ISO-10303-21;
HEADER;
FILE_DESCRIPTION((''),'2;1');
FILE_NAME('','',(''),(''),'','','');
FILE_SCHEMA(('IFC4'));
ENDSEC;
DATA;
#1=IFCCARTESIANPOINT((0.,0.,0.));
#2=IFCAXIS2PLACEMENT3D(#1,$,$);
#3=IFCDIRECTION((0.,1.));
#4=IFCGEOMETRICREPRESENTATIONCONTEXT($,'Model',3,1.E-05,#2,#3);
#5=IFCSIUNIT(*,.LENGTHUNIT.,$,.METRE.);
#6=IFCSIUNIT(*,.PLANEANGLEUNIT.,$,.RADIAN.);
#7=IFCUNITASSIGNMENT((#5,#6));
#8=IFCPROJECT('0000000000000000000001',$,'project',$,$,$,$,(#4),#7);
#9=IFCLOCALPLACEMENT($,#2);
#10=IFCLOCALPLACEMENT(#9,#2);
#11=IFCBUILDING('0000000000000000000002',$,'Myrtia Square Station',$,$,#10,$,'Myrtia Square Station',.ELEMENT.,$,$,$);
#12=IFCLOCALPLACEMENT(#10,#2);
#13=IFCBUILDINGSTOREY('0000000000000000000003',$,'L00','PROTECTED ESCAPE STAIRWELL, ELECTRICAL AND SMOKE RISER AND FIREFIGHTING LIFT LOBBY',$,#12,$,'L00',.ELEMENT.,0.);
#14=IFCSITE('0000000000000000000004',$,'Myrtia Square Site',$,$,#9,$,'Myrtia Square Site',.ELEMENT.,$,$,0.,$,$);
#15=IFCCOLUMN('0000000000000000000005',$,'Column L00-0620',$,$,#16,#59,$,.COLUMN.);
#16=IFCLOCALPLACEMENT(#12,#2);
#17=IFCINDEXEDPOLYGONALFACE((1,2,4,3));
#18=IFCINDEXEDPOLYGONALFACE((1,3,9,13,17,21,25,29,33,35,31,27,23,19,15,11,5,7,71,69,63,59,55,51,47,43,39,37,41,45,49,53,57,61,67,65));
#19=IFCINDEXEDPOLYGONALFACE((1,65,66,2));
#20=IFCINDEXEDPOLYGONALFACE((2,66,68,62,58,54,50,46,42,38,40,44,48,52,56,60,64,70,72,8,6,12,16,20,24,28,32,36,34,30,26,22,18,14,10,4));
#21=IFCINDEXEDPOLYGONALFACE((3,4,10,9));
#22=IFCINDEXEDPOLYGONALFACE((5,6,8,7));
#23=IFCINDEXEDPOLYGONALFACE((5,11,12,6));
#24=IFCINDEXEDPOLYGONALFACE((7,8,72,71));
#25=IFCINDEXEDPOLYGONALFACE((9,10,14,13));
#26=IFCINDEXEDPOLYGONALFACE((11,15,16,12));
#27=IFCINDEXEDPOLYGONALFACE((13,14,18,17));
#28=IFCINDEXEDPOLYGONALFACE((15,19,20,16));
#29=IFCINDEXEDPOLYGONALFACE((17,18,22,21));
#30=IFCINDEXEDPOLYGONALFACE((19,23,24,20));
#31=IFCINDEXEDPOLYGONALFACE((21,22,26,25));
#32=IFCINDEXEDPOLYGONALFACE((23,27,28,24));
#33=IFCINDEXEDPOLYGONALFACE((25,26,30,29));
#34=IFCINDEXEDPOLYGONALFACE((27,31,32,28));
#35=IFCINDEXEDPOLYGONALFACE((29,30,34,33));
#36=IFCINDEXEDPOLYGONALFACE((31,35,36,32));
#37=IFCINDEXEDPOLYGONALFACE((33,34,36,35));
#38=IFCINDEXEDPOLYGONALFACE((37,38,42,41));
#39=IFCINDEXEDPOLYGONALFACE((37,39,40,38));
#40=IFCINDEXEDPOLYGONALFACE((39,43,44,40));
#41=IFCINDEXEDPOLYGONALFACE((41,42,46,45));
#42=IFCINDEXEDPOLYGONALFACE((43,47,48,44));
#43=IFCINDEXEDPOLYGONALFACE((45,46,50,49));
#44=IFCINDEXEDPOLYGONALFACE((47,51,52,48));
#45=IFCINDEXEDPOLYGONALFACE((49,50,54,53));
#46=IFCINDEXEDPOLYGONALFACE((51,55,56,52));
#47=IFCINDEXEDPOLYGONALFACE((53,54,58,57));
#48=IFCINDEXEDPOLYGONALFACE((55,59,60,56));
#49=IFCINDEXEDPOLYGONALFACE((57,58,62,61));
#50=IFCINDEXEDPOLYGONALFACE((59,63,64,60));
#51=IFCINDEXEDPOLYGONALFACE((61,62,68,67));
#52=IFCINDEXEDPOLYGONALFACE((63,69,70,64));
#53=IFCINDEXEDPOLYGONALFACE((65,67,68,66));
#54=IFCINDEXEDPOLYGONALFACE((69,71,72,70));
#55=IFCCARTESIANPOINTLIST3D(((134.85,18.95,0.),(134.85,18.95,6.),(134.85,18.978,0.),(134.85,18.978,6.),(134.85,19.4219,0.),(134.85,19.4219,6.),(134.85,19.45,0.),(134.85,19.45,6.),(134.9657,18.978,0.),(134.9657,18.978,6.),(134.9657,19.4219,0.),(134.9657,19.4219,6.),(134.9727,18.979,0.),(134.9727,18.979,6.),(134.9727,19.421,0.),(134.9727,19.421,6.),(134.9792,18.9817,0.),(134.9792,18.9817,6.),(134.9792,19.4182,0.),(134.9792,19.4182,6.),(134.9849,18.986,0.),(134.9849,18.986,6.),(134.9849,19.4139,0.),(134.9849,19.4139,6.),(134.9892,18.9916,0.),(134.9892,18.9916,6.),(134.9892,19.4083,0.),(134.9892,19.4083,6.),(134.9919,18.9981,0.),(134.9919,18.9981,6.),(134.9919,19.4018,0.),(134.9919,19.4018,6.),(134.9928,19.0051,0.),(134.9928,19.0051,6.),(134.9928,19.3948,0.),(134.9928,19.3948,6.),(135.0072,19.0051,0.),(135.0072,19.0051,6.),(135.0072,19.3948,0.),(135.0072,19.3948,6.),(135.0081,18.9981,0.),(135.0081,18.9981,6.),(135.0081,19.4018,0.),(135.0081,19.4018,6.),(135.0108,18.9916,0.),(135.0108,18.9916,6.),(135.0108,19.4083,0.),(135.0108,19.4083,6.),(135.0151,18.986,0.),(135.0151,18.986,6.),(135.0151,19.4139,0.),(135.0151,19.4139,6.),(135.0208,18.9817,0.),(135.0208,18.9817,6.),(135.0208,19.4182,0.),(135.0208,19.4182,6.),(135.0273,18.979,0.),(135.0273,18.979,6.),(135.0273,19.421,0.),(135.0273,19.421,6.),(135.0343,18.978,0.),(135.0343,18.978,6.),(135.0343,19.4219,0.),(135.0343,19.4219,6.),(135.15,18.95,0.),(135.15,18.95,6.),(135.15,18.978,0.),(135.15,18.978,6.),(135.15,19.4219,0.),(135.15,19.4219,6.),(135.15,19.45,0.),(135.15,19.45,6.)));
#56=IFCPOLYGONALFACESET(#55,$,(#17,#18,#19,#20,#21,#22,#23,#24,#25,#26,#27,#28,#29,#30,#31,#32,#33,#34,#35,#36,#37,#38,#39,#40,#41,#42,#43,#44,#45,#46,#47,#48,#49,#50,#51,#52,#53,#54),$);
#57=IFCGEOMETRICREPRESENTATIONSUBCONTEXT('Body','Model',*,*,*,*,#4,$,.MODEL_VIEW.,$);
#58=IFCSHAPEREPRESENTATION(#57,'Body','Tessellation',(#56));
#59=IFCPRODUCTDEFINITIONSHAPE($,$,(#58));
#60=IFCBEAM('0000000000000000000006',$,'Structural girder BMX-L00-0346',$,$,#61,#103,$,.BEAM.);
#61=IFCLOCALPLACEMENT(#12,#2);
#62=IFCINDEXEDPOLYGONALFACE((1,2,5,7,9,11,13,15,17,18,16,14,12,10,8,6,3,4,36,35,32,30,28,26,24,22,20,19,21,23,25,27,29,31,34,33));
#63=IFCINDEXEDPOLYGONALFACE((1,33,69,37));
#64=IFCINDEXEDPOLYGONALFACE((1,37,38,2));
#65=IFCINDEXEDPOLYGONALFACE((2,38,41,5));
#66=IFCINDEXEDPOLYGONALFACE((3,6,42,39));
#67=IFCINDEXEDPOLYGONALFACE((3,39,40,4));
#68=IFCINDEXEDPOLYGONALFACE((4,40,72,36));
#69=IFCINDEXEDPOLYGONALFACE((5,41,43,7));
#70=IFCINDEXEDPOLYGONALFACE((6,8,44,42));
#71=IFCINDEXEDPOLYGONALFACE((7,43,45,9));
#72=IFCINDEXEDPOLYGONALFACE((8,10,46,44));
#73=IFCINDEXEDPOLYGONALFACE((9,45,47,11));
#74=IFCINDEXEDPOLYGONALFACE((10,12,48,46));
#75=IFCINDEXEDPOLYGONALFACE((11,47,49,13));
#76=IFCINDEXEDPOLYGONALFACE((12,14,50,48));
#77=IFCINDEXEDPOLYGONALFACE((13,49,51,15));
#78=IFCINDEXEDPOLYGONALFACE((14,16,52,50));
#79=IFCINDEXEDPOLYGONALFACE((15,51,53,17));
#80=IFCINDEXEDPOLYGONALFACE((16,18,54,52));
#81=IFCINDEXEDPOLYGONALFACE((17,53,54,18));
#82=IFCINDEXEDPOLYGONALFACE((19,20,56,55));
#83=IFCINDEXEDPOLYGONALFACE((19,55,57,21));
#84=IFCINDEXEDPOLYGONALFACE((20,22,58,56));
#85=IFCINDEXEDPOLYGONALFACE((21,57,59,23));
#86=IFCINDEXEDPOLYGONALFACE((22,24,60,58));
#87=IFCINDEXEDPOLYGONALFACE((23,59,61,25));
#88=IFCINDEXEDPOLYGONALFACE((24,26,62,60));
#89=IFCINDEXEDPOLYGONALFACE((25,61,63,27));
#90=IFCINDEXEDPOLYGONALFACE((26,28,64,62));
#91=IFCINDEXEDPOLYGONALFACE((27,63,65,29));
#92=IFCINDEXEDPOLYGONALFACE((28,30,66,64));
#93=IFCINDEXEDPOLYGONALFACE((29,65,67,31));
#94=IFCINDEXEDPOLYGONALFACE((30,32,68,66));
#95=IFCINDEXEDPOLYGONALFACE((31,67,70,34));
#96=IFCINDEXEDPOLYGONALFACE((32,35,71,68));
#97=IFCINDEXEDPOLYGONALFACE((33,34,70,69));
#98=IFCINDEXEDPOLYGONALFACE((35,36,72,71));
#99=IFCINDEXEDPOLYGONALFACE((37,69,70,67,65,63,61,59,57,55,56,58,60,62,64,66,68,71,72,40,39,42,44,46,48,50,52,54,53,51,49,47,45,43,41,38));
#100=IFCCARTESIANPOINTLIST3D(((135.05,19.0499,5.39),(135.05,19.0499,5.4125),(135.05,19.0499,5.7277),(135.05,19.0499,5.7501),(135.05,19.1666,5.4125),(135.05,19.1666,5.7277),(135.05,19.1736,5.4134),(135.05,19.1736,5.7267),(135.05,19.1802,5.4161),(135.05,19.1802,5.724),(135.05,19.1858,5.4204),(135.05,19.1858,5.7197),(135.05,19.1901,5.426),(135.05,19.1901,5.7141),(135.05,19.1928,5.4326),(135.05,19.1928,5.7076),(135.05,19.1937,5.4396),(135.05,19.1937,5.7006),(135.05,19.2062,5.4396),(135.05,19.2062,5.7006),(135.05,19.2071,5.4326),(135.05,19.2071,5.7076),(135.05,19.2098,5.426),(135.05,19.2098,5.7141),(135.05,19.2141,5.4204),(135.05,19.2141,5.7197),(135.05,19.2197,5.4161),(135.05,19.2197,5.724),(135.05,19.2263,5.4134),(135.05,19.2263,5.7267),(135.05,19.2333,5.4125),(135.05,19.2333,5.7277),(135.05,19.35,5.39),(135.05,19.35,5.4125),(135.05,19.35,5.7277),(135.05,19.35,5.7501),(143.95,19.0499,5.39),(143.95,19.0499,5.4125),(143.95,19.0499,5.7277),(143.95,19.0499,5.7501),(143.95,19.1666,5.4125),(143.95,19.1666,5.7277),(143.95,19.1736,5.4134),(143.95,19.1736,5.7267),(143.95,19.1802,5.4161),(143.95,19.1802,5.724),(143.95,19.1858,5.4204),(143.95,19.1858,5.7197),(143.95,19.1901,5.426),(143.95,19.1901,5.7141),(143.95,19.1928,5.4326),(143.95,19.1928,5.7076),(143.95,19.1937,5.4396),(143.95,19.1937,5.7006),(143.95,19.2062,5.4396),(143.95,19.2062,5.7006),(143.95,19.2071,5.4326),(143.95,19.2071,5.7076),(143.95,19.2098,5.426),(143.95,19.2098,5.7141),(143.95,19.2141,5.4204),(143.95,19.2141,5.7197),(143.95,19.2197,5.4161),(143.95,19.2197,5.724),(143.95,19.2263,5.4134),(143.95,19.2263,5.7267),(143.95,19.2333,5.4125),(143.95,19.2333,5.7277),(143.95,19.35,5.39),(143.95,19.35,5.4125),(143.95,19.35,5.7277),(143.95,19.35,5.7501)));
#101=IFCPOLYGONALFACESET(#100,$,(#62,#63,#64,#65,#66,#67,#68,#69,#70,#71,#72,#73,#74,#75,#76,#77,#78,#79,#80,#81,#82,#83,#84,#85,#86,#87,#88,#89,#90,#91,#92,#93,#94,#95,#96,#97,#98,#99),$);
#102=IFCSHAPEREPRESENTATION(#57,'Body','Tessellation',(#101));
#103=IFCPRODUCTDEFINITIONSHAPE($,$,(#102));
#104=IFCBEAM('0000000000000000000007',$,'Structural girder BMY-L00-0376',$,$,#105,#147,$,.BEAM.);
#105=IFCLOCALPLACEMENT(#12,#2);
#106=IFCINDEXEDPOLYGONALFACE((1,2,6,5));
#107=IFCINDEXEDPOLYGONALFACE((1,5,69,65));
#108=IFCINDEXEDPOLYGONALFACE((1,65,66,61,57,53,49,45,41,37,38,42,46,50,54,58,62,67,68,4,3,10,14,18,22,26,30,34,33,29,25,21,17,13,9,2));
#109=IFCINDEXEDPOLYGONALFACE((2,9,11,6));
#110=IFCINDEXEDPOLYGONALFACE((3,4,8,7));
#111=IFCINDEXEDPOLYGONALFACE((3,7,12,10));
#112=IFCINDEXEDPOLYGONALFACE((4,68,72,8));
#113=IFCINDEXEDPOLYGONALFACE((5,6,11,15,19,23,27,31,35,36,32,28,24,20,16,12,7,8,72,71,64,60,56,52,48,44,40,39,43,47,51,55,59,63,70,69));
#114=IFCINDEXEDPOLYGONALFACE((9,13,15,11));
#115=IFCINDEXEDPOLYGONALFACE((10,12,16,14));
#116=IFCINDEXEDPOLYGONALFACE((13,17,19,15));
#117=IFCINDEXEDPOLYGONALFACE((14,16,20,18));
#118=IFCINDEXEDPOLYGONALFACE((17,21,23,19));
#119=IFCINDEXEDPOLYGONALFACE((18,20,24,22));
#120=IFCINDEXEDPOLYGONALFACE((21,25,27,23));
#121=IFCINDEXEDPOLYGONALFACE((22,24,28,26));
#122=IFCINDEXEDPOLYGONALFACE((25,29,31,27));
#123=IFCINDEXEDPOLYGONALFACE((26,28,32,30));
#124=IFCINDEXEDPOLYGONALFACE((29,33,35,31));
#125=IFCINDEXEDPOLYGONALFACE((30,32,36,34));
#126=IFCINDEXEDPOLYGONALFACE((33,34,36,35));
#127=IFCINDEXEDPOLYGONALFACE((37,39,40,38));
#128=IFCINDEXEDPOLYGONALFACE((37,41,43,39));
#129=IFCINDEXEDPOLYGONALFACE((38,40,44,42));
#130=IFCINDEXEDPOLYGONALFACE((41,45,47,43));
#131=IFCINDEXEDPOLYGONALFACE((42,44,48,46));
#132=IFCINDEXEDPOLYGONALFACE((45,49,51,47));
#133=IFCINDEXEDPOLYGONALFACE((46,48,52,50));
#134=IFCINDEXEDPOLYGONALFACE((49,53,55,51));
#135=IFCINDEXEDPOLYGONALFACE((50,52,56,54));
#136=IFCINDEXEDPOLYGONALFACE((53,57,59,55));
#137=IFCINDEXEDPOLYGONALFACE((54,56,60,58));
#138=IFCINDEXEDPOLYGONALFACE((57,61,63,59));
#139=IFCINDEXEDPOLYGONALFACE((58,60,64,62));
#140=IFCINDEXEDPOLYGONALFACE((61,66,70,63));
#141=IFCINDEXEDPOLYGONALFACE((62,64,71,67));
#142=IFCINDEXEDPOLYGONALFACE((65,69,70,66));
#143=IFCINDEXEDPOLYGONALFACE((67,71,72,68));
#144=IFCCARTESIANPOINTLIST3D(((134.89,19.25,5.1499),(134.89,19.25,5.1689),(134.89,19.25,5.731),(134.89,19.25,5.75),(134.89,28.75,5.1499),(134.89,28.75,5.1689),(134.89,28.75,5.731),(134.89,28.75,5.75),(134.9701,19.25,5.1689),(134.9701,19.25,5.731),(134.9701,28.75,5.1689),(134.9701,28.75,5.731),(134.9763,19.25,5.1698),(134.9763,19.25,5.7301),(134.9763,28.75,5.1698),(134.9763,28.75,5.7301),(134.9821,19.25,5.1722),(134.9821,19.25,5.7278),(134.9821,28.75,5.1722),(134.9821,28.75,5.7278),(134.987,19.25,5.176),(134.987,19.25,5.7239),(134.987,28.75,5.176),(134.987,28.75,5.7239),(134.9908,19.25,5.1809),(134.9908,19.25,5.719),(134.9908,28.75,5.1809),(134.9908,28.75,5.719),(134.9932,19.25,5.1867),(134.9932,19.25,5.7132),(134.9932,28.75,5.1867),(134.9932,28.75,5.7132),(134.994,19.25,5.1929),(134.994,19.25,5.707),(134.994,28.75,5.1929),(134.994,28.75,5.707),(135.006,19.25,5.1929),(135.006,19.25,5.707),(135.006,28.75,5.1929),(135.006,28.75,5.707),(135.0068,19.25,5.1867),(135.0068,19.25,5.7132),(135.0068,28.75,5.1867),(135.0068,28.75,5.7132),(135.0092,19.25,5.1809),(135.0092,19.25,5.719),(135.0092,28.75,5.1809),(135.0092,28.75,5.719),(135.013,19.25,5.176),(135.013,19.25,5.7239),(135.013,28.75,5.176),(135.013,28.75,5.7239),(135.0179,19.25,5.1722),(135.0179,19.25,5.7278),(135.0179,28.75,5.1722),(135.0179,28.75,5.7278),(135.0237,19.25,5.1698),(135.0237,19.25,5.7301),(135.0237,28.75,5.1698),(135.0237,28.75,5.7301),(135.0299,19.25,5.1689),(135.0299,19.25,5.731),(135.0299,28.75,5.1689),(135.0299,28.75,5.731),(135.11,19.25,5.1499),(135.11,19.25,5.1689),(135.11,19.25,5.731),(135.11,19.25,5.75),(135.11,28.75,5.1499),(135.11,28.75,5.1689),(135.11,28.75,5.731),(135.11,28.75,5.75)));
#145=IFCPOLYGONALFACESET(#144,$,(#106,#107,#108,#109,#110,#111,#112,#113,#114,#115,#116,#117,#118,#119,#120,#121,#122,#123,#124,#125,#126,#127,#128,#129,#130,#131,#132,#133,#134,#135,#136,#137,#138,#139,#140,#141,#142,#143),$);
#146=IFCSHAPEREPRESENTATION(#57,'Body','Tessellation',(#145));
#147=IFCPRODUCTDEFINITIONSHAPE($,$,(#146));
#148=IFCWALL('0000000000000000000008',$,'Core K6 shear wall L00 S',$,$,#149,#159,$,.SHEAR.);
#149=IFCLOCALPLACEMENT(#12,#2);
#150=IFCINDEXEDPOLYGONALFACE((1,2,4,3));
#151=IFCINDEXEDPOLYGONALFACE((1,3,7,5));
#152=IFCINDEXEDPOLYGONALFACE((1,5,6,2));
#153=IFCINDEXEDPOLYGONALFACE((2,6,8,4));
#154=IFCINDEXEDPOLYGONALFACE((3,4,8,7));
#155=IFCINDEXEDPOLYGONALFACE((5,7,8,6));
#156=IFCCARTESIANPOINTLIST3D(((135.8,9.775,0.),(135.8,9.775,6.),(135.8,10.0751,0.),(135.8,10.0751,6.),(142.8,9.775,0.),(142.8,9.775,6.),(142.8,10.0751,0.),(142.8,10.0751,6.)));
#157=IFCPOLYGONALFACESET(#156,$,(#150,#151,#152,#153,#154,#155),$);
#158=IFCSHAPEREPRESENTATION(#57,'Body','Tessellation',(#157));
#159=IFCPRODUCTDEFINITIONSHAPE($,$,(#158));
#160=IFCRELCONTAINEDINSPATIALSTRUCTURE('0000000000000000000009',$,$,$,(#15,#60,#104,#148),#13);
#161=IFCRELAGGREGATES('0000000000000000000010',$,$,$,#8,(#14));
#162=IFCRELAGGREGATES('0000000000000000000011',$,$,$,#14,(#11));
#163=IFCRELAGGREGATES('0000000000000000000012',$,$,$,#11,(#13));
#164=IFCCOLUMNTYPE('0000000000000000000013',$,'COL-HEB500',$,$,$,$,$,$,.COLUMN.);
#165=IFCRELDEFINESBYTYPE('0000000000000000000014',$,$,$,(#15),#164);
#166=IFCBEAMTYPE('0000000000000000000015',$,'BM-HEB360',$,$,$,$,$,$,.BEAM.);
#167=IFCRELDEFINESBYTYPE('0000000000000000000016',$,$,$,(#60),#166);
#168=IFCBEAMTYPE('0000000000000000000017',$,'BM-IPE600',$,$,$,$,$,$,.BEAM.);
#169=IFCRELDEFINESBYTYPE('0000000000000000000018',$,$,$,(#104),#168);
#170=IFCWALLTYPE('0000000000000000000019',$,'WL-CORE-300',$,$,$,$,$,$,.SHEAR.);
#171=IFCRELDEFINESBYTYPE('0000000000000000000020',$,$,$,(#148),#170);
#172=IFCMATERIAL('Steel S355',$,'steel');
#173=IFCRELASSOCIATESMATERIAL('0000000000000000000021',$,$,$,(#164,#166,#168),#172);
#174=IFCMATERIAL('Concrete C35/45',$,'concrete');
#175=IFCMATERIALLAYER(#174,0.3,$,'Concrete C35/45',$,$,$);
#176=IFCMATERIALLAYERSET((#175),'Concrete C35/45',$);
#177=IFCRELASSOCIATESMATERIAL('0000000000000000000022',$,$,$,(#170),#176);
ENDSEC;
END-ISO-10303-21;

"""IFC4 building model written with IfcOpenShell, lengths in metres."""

from ifc_helpers import new_model, si_unit, direction, frame, frame_2d, origin, origin_2d, place, context, subcontext, project, spatial, rectangle, i_section, extrude, material, layer, layer_set, material_profile, profile_set, type_object, element, save


model = new_model("IFC4")

# Units and contexts
model_context = context("Model", 3, precision=1e-05, world=origin(), true_north=direction((0.0, 1.0)))
body_context = subcontext(model_context, "Body", "Model", "MODEL_VIEW")
ifc_project = project(units=[si_unit("LENGTHUNIT", "METRE"), si_unit("PLANEANGLEUNIT", "RADIAN")], contexts=[model_context])

# Site, building, storey
site_placement = place(None, origin())
site = spatial("IfcSite", under=ifc_project, at=site_placement, Name="Myrtia Square Site", LongName="Myrtia Square Site", CompositionType="ELEMENT", RefElevation=0.0)
building_placement = place(site_placement, origin())
building = spatial("IfcBuilding", under=site, at=building_placement, Name="Myrtia Square Station", LongName="Myrtia Square Station", CompositionType="ELEMENT")
storey_placement = place(building_placement, origin())
storey = spatial("IfcBuildingStorey", under=building, at=storey_placement, Name="L00", Description="PROTECTED ESCAPE STAIRWELL, ELECTRICAL AND SMOKE RISER AND FIREFIGHTING LIFT LOBBY", LongName="L00", CompositionType="ELEMENT", Elevation=0.0)

# Column
ifc_material_1 = material(Name="Steel S355", Category="steel")
ifc_material_profile_1 = material_profile(ifc_material_1, i_section(OverallWidth=0.3, OverallDepth=0.5, WebThickness=0.0144, FlangeThickness=0.0281, FilletRadius=0.0271, at=origin_2d()), Name="HEB 500")
ifc_profile_set_1 = profile_set([ifc_material_profile_1], Name="Steel S355")
column_type = type_object("IfcColumnType", Name="COL-HEB500", PredefinedType="COLUMN", material=ifc_profile_set_1)
column_placement = place(storey_placement, frame((135.0, 19.2, 0.0), z_axis=(0.0, 0.0, 1.0), x_axis=(1.0, 0.0, 0.0)))
element("IfcColumn", 1, at=column_placement, inside=storey, type_object=column_type, Name="Column L00-0620", PredefinedType="COLUMN", context=body_context, shape_type="SweptSolid", body=[
    extrude(i_section(OverallWidth=0.3, OverallDepth=0.5, WebThickness=0.0144, FlangeThickness=0.0281, FilletRadius=0.0271, at=origin_2d()), origin(), (0.0, 0.0, 1.0), 6.0),
])

# Beams
ifc_material_profile_2 = material_profile(ifc_material_1, i_section(OverallWidth=0.3, OverallDepth=0.3601, WebThickness=0.0125, FlangeThickness=0.0225, FilletRadius=0.0271, at=origin_2d()), Name="HEB 360")
ifc_profile_set_2 = profile_set([ifc_material_profile_2], Name="Steel S355")
beam_type_1 = type_object("IfcBeamType", Name="BM-HEB360", PredefinedType="BEAM", material=ifc_profile_set_2)
beam_1_placement = place(storey_placement, frame((135.05, 19.2, 5.5701), z_axis=(1.0, 0.0, 0.0), x_axis=(0.0, 1.0, 0.0)))
element("IfcBeam", 2, at=beam_1_placement, inside=storey, type_object=beam_type_1, Name="Structural girder BMX-L00-0346", PredefinedType="BEAM", context=body_context, shape_type="SweptSolid", body=[
    extrude(i_section(OverallWidth=0.3, OverallDepth=0.3601, WebThickness=0.0125, FlangeThickness=0.0225, FilletRadius=0.0271, at=origin_2d()), origin(), (0.0, 0.0, 1.0), 8.8999),
])
ifc_material_profile_3 = material_profile(ifc_material_1, i_section(OverallWidth=0.22, OverallDepth=0.6001, WebThickness=0.012, FlangeThickness=0.019, FilletRadius=0.0239, at=origin_2d()), Name="IPE 600")
ifc_profile_set_3 = profile_set([ifc_material_profile_3], Name="Steel S355")
beam_type_2 = type_object("IfcBeamType", Name="BM-IPE600", PredefinedType="BEAM", material=ifc_profile_set_3)
beam_2_placement = place(storey_placement, frame((135.0, 19.25, 5.45), z_axis=(0.0, 1.0, 0.0), x_axis=(-1.0, 0.0, 0.0)))
element("IfcBeam", 3, at=beam_2_placement, inside=storey, type_object=beam_type_2, Name="Structural girder BMY-L00-0376", PredefinedType="BEAM", context=body_context, shape_type="SweptSolid", body=[
    extrude(i_section(OverallWidth=0.22, OverallDepth=0.6001, WebThickness=0.012, FlangeThickness=0.019, FilletRadius=0.0239, at=origin_2d()), origin(), (0.0, 0.0, 1.0), 9.5),
])

# Wall
ifc_material_2 = material(Name="Concrete C35/45", Category="concrete")
ifc_layer_1 = layer(ifc_material_2, 0.3, Name="Concrete C35/45")
ifc_layer_set_1 = layer_set([ifc_layer_1], Name="Concrete C35/45")
wall_type_1 = type_object("IfcWallType", Name="WL-CORE-300", PredefinedType="SHEAR", material=ifc_layer_set_1)
wall_1_placement = place(storey_placement, frame((135.8, 9.925, 0.0), z_axis=(0.0, 0.0, 1.0), x_axis=(1.0, 0.0, 0.0)))
element("IfcWall", 4, at=wall_1_placement, inside=storey, type_object=wall_type_1, Name="Core K6 shear wall L00 S", PredefinedType="SHEAR", context=body_context, shape_type="SweptSolid", body=[
    extrude(rectangle(XDim=7.0, YDim=0.3, at=frame_2d((3.5, 0.0))), origin(), (0.0, 0.0, 1.0), 6.0),
])

save(model, "model.ifc")
